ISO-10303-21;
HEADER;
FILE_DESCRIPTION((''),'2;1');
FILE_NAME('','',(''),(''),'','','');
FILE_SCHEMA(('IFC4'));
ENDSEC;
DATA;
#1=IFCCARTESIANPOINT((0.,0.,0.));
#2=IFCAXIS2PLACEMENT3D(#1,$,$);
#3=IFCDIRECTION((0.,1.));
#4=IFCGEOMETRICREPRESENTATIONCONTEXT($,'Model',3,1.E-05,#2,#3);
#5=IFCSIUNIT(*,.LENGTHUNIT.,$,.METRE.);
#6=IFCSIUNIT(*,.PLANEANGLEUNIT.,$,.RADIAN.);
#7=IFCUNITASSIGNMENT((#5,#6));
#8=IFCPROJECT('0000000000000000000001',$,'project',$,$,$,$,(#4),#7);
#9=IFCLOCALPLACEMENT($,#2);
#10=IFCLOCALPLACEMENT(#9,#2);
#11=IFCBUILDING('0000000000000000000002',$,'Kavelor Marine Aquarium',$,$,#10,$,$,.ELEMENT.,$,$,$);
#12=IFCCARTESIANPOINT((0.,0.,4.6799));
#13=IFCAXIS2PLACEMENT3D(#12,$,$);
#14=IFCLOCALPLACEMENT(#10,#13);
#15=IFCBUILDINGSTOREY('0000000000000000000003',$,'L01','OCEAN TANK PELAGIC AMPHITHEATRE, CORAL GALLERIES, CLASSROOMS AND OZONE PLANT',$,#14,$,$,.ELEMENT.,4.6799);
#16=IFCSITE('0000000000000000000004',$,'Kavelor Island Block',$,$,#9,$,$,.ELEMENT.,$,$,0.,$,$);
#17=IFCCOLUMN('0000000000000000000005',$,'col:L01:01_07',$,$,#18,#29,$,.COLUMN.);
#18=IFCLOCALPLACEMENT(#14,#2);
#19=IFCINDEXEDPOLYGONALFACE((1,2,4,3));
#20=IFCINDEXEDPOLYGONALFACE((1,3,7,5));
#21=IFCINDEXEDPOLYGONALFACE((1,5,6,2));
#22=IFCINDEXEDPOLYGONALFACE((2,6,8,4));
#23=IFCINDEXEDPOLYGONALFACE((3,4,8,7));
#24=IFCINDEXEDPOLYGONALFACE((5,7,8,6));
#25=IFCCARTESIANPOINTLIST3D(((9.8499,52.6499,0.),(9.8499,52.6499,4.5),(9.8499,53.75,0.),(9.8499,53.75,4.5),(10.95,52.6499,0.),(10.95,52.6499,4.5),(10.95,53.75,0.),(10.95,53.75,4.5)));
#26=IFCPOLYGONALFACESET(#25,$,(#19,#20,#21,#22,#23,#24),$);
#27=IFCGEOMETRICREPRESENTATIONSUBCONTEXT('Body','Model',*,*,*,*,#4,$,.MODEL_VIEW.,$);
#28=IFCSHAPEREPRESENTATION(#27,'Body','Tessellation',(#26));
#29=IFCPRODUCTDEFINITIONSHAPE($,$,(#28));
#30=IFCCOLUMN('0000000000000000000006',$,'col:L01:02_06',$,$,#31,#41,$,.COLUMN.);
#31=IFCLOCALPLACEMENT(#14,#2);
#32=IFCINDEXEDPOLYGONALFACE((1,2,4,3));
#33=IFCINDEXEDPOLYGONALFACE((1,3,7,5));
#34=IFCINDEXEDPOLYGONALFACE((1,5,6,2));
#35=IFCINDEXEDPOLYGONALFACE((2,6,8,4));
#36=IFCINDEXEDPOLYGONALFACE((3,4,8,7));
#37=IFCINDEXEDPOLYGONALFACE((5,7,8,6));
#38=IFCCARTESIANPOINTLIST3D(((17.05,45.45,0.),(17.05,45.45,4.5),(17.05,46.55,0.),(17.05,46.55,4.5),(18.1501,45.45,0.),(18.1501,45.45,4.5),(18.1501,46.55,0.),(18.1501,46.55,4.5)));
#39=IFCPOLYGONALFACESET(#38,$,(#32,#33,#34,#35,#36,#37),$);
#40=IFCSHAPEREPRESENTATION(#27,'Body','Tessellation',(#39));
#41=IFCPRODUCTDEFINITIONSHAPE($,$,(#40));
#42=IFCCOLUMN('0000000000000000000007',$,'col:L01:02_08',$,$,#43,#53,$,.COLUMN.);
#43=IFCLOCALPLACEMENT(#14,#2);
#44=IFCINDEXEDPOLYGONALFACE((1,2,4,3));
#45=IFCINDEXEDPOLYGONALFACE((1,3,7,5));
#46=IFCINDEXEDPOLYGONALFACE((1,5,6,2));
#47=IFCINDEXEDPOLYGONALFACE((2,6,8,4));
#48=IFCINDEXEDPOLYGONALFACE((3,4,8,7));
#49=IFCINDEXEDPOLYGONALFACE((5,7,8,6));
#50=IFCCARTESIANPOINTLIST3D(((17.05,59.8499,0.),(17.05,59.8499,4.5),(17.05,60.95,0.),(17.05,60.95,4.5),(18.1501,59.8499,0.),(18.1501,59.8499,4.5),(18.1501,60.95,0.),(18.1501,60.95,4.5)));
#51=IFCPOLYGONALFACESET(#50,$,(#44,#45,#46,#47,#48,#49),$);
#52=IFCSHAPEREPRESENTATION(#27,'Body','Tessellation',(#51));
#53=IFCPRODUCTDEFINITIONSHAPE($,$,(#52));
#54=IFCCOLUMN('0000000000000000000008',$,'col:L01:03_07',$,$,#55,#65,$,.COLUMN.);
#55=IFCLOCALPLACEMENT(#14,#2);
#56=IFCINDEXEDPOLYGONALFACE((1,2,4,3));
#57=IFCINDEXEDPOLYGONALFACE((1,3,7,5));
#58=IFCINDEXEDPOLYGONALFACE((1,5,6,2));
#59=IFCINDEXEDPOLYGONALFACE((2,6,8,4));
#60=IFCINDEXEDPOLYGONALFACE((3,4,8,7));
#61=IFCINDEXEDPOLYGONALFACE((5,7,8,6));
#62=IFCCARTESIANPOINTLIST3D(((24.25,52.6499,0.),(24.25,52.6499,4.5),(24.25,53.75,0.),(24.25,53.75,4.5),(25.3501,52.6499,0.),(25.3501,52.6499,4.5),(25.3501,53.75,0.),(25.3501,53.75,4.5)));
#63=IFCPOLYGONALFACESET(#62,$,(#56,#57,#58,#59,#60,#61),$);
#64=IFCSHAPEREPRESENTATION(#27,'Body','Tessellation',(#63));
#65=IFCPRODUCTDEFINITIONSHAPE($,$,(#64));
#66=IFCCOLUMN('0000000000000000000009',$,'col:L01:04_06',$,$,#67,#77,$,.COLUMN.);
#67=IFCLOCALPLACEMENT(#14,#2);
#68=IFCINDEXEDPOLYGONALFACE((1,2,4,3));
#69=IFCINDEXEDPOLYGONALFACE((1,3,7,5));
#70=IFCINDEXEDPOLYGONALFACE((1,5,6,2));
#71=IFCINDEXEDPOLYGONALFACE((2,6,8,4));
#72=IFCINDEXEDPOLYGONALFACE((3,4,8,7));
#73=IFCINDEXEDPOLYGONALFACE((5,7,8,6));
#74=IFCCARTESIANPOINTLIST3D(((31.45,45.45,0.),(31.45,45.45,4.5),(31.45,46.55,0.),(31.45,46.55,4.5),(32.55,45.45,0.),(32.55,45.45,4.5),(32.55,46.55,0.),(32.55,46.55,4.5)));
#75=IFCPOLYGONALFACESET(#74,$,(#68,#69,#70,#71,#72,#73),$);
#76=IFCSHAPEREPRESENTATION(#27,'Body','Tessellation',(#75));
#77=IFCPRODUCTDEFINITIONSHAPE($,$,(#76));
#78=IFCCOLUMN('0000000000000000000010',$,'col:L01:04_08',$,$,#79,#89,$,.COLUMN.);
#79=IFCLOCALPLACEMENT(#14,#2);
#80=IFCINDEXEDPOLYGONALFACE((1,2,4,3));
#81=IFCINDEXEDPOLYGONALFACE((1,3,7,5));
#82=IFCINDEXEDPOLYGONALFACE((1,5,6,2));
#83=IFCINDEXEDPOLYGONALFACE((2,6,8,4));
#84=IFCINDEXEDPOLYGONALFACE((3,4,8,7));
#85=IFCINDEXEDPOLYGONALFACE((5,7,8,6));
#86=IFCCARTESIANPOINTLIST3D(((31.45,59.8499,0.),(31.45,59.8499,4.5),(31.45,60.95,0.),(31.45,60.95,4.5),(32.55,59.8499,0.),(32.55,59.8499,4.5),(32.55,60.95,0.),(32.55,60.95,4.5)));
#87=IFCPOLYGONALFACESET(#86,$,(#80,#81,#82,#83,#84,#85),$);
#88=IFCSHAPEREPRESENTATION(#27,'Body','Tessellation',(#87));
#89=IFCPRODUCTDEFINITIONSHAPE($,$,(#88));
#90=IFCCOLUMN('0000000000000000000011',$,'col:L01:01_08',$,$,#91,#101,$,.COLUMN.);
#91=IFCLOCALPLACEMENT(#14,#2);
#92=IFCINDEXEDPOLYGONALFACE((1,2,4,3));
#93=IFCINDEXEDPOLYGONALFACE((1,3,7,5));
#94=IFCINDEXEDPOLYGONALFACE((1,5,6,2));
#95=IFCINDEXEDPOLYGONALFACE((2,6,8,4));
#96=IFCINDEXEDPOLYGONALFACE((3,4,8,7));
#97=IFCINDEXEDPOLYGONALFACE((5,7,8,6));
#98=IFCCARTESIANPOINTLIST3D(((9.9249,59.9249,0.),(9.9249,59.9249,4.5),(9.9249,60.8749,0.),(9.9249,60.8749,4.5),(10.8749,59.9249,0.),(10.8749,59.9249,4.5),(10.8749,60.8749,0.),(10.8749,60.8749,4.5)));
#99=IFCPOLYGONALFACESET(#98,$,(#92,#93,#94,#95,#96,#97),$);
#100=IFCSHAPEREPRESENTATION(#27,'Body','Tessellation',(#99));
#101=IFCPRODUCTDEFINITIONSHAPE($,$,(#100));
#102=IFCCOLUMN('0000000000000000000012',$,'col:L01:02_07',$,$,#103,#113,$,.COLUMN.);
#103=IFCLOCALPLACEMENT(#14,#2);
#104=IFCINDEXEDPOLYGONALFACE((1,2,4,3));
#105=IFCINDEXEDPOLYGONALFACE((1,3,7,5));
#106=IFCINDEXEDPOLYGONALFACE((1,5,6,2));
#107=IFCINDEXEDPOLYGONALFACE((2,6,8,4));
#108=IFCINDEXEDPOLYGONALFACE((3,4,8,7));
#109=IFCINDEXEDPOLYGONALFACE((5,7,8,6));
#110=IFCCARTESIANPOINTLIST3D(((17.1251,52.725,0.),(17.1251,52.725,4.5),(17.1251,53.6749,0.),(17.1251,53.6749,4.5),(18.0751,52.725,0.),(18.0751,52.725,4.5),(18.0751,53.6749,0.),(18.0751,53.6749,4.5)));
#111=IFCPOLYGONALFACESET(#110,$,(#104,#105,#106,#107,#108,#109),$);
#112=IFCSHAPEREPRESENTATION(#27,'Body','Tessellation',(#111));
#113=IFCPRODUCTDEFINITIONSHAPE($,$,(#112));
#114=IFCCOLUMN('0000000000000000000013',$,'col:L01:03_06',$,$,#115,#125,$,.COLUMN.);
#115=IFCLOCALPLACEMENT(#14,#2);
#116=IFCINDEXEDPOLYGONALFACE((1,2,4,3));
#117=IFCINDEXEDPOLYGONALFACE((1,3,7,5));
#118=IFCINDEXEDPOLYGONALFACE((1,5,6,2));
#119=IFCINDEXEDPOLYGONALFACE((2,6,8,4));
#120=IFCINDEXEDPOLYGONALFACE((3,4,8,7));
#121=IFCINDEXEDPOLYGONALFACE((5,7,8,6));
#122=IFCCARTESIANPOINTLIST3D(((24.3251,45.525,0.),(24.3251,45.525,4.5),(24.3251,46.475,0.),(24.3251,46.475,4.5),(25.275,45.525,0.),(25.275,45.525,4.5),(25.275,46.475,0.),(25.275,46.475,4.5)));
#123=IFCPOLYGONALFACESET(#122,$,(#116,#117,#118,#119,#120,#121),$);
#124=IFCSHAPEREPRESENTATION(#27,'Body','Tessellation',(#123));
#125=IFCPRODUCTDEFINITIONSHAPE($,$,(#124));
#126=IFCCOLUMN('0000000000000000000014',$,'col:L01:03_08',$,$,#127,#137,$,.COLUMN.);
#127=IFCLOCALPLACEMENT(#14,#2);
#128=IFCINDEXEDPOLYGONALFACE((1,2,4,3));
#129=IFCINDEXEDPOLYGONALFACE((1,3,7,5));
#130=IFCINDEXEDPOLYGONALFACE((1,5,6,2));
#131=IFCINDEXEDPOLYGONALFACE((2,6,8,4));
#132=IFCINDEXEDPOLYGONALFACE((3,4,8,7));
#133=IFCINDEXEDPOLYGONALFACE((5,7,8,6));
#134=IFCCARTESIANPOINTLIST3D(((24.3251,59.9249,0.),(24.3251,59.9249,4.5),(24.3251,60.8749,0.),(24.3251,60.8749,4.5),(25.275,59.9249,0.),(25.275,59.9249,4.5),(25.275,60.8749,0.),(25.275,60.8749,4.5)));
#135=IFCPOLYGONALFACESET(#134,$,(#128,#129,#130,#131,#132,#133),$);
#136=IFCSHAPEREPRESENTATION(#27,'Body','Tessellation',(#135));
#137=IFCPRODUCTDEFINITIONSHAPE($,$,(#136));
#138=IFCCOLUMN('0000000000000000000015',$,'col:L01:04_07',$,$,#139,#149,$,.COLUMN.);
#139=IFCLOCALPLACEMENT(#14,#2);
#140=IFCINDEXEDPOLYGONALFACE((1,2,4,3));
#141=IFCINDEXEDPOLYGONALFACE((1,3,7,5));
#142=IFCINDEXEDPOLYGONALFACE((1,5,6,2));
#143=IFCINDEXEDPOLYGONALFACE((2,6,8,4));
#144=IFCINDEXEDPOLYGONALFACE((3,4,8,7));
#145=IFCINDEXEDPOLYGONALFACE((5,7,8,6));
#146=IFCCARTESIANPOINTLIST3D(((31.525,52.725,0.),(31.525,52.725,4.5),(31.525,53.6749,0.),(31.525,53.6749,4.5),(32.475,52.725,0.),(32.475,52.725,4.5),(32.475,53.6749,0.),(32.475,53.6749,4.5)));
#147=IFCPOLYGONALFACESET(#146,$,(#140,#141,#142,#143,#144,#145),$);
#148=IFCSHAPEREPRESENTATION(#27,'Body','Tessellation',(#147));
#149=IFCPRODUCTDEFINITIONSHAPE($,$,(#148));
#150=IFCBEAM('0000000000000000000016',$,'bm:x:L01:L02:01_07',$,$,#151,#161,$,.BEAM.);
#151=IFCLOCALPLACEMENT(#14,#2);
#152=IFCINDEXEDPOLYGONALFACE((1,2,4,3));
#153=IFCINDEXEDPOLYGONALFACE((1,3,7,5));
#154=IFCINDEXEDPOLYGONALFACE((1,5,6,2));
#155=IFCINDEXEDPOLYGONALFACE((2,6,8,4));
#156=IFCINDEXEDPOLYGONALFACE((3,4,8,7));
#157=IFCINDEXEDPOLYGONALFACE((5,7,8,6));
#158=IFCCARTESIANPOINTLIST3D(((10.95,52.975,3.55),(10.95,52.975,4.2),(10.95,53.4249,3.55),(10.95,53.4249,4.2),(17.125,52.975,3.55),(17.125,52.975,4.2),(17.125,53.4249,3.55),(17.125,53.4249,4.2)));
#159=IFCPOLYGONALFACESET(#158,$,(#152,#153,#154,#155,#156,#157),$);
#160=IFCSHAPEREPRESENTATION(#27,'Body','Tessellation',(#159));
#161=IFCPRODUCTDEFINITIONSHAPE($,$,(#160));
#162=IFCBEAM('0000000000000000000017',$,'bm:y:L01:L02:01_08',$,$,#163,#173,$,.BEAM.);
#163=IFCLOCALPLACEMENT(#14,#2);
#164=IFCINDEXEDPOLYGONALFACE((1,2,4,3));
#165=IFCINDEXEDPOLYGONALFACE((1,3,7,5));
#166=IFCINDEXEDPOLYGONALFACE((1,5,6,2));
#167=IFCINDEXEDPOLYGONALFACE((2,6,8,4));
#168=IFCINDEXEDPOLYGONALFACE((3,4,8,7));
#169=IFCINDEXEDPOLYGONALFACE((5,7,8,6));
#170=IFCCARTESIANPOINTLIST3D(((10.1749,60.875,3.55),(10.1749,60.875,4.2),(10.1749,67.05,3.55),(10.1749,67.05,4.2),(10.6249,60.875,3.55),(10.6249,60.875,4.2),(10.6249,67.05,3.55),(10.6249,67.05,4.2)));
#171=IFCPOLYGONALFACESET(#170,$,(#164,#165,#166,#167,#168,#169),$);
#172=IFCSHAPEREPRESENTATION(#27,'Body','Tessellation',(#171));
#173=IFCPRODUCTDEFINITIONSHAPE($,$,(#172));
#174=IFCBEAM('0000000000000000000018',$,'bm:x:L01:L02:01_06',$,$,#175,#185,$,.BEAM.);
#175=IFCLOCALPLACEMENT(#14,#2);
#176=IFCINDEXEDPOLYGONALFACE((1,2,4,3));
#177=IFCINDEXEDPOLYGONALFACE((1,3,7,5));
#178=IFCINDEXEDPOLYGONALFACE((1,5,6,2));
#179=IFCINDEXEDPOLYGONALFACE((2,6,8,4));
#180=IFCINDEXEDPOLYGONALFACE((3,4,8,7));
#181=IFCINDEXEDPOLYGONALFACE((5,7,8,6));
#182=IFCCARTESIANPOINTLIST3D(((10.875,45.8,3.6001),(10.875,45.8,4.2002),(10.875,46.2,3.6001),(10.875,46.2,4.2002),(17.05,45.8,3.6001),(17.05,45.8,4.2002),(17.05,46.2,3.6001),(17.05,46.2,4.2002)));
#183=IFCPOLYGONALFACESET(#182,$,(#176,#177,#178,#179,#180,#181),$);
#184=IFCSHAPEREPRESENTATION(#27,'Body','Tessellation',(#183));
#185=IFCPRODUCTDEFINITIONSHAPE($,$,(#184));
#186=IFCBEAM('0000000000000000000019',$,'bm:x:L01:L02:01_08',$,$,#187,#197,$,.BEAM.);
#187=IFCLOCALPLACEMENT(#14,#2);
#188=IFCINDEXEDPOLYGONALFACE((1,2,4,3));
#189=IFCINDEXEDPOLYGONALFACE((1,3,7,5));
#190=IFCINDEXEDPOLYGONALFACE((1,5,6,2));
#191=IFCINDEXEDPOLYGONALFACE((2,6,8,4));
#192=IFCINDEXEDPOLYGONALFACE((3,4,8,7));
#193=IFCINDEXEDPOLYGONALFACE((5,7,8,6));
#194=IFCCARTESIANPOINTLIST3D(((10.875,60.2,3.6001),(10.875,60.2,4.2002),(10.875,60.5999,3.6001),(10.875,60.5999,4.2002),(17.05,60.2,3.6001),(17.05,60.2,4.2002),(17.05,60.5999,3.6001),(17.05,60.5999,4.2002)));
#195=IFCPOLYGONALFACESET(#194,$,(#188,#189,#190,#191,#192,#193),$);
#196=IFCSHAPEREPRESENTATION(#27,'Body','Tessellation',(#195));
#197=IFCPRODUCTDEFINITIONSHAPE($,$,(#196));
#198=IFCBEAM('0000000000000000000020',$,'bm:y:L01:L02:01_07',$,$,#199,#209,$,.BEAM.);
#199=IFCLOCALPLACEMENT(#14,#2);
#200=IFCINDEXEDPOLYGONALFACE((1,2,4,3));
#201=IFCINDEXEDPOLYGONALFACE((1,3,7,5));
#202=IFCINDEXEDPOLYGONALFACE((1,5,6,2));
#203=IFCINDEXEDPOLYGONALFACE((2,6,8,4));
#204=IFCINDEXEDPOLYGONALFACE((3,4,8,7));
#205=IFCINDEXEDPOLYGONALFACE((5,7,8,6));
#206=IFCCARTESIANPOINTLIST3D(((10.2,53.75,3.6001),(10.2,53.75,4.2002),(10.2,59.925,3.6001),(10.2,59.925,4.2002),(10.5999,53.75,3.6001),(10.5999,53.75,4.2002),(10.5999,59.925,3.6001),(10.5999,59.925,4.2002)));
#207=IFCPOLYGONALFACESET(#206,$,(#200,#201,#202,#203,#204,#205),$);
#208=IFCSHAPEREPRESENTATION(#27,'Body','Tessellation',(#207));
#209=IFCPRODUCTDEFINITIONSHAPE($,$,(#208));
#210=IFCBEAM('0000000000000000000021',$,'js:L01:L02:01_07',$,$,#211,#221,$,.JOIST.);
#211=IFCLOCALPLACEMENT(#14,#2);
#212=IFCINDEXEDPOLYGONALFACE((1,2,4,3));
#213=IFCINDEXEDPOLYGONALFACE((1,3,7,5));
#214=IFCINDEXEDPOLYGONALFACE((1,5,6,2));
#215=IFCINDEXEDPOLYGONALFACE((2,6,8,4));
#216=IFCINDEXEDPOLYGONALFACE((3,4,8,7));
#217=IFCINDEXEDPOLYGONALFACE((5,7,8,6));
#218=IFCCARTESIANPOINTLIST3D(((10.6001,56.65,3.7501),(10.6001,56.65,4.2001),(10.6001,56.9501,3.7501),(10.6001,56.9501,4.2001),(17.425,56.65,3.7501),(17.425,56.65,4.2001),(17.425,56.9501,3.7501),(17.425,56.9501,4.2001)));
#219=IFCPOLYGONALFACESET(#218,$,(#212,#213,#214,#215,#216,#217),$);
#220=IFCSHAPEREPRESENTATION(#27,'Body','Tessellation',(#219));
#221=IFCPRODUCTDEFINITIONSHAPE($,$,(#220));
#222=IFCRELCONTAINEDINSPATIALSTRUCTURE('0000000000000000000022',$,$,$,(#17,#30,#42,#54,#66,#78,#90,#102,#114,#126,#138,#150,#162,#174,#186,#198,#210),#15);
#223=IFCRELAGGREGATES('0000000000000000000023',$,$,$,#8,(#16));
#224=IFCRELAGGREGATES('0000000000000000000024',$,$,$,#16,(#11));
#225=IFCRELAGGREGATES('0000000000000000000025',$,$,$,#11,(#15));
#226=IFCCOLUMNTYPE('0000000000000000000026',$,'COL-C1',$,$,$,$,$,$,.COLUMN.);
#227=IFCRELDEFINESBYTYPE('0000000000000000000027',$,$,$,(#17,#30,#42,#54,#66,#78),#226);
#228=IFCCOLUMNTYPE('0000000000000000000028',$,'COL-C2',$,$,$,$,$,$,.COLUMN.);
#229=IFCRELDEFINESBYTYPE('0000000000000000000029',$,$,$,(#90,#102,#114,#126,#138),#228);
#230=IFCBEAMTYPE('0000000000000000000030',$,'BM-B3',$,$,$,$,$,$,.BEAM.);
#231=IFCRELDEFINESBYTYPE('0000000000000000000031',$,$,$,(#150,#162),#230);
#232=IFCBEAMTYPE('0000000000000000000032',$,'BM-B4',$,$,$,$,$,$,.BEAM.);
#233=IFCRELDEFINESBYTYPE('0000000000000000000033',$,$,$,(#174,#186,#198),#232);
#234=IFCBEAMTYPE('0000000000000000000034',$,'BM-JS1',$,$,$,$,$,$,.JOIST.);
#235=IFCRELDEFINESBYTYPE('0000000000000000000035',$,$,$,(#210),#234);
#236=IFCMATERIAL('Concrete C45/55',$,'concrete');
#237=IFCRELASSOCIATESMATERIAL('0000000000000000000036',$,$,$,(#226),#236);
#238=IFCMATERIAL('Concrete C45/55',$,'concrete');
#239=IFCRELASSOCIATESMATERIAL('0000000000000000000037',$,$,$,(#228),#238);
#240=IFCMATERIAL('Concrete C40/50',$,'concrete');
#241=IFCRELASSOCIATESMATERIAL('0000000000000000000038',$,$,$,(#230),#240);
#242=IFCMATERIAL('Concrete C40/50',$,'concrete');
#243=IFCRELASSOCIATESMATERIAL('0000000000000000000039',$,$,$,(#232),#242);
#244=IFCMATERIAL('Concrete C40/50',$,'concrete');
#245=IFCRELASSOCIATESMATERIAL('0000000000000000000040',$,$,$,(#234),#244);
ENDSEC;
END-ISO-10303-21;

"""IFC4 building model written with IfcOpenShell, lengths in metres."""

from ifc_helpers import new_model, si_unit, direction, frame, origin, origin_2d, place, context, subcontext, project, spatial, rectangle, extrude, material, material_profile, profile_set, type_object, element, save


model = new_model("IFC4")

# Units and contexts
model_context = context("Model", 3, precision=1e-05, world=origin(), true_north=direction((0.0, 1.0)))
body_context = subcontext(model_context, "Body", "Model", "MODEL_VIEW")
ifc_project = project(units=[si_unit("LENGTHUNIT", "METRE"), si_unit("PLANEANGLEUNIT", "RADIAN")], contexts=[model_context])

# Site, building, storey
site_placement = place(None, origin())
site = spatial("IfcSite", under=ifc_project, at=site_placement, Name="Kavelor Island Block", CompositionType="ELEMENT", RefElevation=0.0)
building_placement = place(site_placement, origin())
building = spatial("IfcBuilding", under=site, at=building_placement, Name="Kavelor Marine Aquarium", CompositionType="ELEMENT")
storey_placement = place(building_placement, frame((0.0, 0.0, 4.6799)))
storey = spatial("IfcBuildingStorey", under=building, at=storey_placement, Name="L01", Description="OCEAN TANK PELAGIC AMPHITHEATRE, CORAL GALLERIES, CLASSROOMS AND OZONE PLANT", CompositionType="ELEMENT", Elevation=4.6799)

# Columns
ifc_material_1 = material(Name="Concrete C45/55", Category="concrete")
ifc_material_profile_1 = material_profile(ifc_material_1, rectangle(XDim=1.1001, YDim=1.1001, at=origin_2d()), Name="RC-COL 1100x1100")
ifc_profile_set_1 = profile_set([ifc_material_profile_1], Name="Concrete C45/55")
column_type_1 = type_object("IfcColumnType", Name="COL-C1", PredefinedType="COLUMN", material=ifc_profile_set_1)
for number, where, z_axis, x_axis, name in (
    (1, (10.3999, 53.2, 0.0), (0.0, 0.0, 1.0), (1.0, 0.0, 0.0), "col:L01:01_07"),
    (2, (17.6001, 46.0, 0.0), (0.0, 0.0, 1.0), (1.0, 0.0, 0.0), "col:L01:02_06"),
    (3, (17.6001, 60.3999, 0.0), (0.0, 0.0, 1.0), (1.0, 0.0, 0.0), "col:L01:02_08"),
    (4, (24.8, 53.2, 0.0), (0.0, 0.0, 1.0), (1.0, 0.0, 0.0), "col:L01:03_07"),
    (5, (32.0, 46.0, 0.0), (0.0, 0.0, 1.0), (1.0, 0.0, 0.0), "col:L01:04_06"),
    (6, (32.0, 60.3999, 0.0), (0.0, 0.0, 1.0), (1.0, 0.0, 0.0), "col:L01:04_08"),
):
    element("IfcColumn", number, at=place(storey_placement, frame(where, z_axis=z_axis, x_axis=x_axis)), inside=storey, type_object=column_type_1, Name=name, PredefinedType="COLUMN", context=body_context, shape_type="SweptSolid", body=[
        extrude(rectangle(XDim=1.1001, YDim=1.1001, at=origin_2d()), origin(), (0.0, 0.0, 1.0), 4.5),
    ])
ifc_material_2 = material(Name="Concrete C45/55", Category="concrete")
ifc_material_profile_2 = material_profile(ifc_material_2, rectangle(XDim=0.95, YDim=0.95, at=origin_2d()), Name="RC-COL 950x950")
ifc_profile_set_2 = profile_set([ifc_material_profile_2], Name="Concrete C45/55")
column_type_2 = type_object("IfcColumnType", Name="COL-C2", PredefinedType="COLUMN", material=ifc_profile_set_2)
for number, where, z_axis, x_axis, name in (
    (7, (10.3999, 60.3999, 0.0), (0.0, 0.0, 1.0), (1.0, 0.0, 0.0), "col:L01:01_08"),
    (8, (17.6001, 53.2, 0.0), (0.0, 0.0, 1.0), (1.0, 0.0, 0.0), "col:L01:02_07"),
    (9, (24.8, 46.0, 0.0), (0.0, 0.0, 1.0), (1.0, 0.0, 0.0), "col:L01:03_06"),
    (10, (24.8, 60.3999, 0.0), (0.0, 0.0, 1.0), (1.0, 0.0, 0.0), "col:L01:03_08"),
    (11, (32.0, 53.2, 0.0), (0.0, 0.0, 1.0), (1.0, 0.0, 0.0), "col:L01:04_07"),
):
    element("IfcColumn", number, at=place(storey_placement, frame(where, z_axis=z_axis, x_axis=x_axis)), inside=storey, type_object=column_type_2, Name=name, PredefinedType="COLUMN", context=body_context, shape_type="SweptSolid", body=[
        extrude(rectangle(XDim=0.95, YDim=0.95, at=origin_2d()), origin(), (0.0, 0.0, 1.0), 4.5),
    ])

# Beams
ifc_material_3 = material(Name="Concrete C40/50", Category="concrete")
ifc_material_profile_3 = material_profile(ifc_material_3, rectangle(XDim=0.45, YDim=0.6499, at=origin_2d()), Name="RC-BM 450x650")
ifc_profile_set_3 = profile_set([ifc_material_profile_3], Name="Concrete C40/50")
beam_type_1 = type_object("IfcBeamType", Name="BM-B3", PredefinedType="BEAM", material=ifc_profile_set_3)
for number, where, z_axis, x_axis, name in (
    (12, (10.95, 53.2, 3.875), (1.0, 0.0, 0.0), (0.0, 1.0, 0.0), "bm:x:L01:L02:01_07"),
    (13, (10.3999, 60.875, 3.875), (0.0, 1.0, 0.0), (-1.0, 0.0, 0.0), "bm:y:L01:L02:01_08"),
):
    element("IfcBeam", number, at=place(storey_placement, frame(where, z_axis=z_axis, x_axis=x_axis)), inside=storey, type_object=beam_type_1, Name=name, PredefinedType="BEAM", context=body_context, shape_type="SweptSolid", body=[
        extrude(rectangle(XDim=0.45, YDim=0.6499, at=origin_2d()), origin(), (0.0, 0.0, 1.0), 6.175),
    ])
ifc_material_4 = material(Name="Concrete C40/50", Category="concrete")
ifc_material_profile_4 = material_profile(ifc_material_4, rectangle(XDim=0.3999, YDim=0.6001, at=origin_2d()), Name="RC-BM 400x600")
ifc_profile_set_4 = profile_set([ifc_material_profile_4], Name="Concrete C40/50")
beam_type_2 = type_object("IfcBeamType", Name="BM-B4", PredefinedType="BEAM", material=ifc_profile_set_4)
for number, where, z_axis, x_axis, name in (
    (14, (10.875, 46.0, 3.9001), (1.0, 0.0, 0.0), (0.0, 1.0, 0.0), "bm:x:L01:L02:01_06"),
    (15, (10.875, 60.3999, 3.9001), (1.0, 0.0, 0.0), (0.0, 1.0, 0.0), "bm:x:L01:L02:01_08"),
    (16, (10.3999, 53.75, 3.9001), (0.0, 1.0, 0.0), (-1.0, 0.0, 0.0), "bm:y:L01:L02:01_07"),
):
    element("IfcBeam", number, at=place(storey_placement, frame(where, z_axis=z_axis, x_axis=x_axis)), inside=storey, type_object=beam_type_2, Name=name, PredefinedType="BEAM", context=body_context, shape_type="SweptSolid", body=[
        extrude(rectangle(XDim=0.3999, YDim=0.6001, at=origin_2d()), origin(), (0.0, 0.0, 1.0), 6.175),
    ])
ifc_material_5 = material(Name="Concrete C40/50", Category="concrete")
ifc_material_profile_5 = material_profile(ifc_material_5, rectangle(XDim=0.3, YDim=0.45, at=origin_2d()), Name="RC-JS 300x450")
ifc_profile_set_5 = profile_set([ifc_material_profile_5], Name="Concrete C40/50")
beam_type_3 = type_object("IfcBeamType", Name="BM-JS1", PredefinedType="JOIST", material=ifc_profile_set_5)
beam_placement = place(storey_placement, frame((10.6001, 56.8, 3.9751), z_axis=(1.0, 0.0, 0.0), x_axis=(0.0, 1.0, 0.0)))
element("IfcBeam", 17, at=beam_placement, inside=storey, type_object=beam_type_3, Name="js:L01:L02:01_07", PredefinedType="JOIST", context=body_context, shape_type="SweptSolid", body=[
    extrude(rectangle(XDim=0.3, YDim=0.45, at=origin_2d()), origin(), (0.0, 0.0, 1.0), 6.825),
])

save(model, "model.ifc")
